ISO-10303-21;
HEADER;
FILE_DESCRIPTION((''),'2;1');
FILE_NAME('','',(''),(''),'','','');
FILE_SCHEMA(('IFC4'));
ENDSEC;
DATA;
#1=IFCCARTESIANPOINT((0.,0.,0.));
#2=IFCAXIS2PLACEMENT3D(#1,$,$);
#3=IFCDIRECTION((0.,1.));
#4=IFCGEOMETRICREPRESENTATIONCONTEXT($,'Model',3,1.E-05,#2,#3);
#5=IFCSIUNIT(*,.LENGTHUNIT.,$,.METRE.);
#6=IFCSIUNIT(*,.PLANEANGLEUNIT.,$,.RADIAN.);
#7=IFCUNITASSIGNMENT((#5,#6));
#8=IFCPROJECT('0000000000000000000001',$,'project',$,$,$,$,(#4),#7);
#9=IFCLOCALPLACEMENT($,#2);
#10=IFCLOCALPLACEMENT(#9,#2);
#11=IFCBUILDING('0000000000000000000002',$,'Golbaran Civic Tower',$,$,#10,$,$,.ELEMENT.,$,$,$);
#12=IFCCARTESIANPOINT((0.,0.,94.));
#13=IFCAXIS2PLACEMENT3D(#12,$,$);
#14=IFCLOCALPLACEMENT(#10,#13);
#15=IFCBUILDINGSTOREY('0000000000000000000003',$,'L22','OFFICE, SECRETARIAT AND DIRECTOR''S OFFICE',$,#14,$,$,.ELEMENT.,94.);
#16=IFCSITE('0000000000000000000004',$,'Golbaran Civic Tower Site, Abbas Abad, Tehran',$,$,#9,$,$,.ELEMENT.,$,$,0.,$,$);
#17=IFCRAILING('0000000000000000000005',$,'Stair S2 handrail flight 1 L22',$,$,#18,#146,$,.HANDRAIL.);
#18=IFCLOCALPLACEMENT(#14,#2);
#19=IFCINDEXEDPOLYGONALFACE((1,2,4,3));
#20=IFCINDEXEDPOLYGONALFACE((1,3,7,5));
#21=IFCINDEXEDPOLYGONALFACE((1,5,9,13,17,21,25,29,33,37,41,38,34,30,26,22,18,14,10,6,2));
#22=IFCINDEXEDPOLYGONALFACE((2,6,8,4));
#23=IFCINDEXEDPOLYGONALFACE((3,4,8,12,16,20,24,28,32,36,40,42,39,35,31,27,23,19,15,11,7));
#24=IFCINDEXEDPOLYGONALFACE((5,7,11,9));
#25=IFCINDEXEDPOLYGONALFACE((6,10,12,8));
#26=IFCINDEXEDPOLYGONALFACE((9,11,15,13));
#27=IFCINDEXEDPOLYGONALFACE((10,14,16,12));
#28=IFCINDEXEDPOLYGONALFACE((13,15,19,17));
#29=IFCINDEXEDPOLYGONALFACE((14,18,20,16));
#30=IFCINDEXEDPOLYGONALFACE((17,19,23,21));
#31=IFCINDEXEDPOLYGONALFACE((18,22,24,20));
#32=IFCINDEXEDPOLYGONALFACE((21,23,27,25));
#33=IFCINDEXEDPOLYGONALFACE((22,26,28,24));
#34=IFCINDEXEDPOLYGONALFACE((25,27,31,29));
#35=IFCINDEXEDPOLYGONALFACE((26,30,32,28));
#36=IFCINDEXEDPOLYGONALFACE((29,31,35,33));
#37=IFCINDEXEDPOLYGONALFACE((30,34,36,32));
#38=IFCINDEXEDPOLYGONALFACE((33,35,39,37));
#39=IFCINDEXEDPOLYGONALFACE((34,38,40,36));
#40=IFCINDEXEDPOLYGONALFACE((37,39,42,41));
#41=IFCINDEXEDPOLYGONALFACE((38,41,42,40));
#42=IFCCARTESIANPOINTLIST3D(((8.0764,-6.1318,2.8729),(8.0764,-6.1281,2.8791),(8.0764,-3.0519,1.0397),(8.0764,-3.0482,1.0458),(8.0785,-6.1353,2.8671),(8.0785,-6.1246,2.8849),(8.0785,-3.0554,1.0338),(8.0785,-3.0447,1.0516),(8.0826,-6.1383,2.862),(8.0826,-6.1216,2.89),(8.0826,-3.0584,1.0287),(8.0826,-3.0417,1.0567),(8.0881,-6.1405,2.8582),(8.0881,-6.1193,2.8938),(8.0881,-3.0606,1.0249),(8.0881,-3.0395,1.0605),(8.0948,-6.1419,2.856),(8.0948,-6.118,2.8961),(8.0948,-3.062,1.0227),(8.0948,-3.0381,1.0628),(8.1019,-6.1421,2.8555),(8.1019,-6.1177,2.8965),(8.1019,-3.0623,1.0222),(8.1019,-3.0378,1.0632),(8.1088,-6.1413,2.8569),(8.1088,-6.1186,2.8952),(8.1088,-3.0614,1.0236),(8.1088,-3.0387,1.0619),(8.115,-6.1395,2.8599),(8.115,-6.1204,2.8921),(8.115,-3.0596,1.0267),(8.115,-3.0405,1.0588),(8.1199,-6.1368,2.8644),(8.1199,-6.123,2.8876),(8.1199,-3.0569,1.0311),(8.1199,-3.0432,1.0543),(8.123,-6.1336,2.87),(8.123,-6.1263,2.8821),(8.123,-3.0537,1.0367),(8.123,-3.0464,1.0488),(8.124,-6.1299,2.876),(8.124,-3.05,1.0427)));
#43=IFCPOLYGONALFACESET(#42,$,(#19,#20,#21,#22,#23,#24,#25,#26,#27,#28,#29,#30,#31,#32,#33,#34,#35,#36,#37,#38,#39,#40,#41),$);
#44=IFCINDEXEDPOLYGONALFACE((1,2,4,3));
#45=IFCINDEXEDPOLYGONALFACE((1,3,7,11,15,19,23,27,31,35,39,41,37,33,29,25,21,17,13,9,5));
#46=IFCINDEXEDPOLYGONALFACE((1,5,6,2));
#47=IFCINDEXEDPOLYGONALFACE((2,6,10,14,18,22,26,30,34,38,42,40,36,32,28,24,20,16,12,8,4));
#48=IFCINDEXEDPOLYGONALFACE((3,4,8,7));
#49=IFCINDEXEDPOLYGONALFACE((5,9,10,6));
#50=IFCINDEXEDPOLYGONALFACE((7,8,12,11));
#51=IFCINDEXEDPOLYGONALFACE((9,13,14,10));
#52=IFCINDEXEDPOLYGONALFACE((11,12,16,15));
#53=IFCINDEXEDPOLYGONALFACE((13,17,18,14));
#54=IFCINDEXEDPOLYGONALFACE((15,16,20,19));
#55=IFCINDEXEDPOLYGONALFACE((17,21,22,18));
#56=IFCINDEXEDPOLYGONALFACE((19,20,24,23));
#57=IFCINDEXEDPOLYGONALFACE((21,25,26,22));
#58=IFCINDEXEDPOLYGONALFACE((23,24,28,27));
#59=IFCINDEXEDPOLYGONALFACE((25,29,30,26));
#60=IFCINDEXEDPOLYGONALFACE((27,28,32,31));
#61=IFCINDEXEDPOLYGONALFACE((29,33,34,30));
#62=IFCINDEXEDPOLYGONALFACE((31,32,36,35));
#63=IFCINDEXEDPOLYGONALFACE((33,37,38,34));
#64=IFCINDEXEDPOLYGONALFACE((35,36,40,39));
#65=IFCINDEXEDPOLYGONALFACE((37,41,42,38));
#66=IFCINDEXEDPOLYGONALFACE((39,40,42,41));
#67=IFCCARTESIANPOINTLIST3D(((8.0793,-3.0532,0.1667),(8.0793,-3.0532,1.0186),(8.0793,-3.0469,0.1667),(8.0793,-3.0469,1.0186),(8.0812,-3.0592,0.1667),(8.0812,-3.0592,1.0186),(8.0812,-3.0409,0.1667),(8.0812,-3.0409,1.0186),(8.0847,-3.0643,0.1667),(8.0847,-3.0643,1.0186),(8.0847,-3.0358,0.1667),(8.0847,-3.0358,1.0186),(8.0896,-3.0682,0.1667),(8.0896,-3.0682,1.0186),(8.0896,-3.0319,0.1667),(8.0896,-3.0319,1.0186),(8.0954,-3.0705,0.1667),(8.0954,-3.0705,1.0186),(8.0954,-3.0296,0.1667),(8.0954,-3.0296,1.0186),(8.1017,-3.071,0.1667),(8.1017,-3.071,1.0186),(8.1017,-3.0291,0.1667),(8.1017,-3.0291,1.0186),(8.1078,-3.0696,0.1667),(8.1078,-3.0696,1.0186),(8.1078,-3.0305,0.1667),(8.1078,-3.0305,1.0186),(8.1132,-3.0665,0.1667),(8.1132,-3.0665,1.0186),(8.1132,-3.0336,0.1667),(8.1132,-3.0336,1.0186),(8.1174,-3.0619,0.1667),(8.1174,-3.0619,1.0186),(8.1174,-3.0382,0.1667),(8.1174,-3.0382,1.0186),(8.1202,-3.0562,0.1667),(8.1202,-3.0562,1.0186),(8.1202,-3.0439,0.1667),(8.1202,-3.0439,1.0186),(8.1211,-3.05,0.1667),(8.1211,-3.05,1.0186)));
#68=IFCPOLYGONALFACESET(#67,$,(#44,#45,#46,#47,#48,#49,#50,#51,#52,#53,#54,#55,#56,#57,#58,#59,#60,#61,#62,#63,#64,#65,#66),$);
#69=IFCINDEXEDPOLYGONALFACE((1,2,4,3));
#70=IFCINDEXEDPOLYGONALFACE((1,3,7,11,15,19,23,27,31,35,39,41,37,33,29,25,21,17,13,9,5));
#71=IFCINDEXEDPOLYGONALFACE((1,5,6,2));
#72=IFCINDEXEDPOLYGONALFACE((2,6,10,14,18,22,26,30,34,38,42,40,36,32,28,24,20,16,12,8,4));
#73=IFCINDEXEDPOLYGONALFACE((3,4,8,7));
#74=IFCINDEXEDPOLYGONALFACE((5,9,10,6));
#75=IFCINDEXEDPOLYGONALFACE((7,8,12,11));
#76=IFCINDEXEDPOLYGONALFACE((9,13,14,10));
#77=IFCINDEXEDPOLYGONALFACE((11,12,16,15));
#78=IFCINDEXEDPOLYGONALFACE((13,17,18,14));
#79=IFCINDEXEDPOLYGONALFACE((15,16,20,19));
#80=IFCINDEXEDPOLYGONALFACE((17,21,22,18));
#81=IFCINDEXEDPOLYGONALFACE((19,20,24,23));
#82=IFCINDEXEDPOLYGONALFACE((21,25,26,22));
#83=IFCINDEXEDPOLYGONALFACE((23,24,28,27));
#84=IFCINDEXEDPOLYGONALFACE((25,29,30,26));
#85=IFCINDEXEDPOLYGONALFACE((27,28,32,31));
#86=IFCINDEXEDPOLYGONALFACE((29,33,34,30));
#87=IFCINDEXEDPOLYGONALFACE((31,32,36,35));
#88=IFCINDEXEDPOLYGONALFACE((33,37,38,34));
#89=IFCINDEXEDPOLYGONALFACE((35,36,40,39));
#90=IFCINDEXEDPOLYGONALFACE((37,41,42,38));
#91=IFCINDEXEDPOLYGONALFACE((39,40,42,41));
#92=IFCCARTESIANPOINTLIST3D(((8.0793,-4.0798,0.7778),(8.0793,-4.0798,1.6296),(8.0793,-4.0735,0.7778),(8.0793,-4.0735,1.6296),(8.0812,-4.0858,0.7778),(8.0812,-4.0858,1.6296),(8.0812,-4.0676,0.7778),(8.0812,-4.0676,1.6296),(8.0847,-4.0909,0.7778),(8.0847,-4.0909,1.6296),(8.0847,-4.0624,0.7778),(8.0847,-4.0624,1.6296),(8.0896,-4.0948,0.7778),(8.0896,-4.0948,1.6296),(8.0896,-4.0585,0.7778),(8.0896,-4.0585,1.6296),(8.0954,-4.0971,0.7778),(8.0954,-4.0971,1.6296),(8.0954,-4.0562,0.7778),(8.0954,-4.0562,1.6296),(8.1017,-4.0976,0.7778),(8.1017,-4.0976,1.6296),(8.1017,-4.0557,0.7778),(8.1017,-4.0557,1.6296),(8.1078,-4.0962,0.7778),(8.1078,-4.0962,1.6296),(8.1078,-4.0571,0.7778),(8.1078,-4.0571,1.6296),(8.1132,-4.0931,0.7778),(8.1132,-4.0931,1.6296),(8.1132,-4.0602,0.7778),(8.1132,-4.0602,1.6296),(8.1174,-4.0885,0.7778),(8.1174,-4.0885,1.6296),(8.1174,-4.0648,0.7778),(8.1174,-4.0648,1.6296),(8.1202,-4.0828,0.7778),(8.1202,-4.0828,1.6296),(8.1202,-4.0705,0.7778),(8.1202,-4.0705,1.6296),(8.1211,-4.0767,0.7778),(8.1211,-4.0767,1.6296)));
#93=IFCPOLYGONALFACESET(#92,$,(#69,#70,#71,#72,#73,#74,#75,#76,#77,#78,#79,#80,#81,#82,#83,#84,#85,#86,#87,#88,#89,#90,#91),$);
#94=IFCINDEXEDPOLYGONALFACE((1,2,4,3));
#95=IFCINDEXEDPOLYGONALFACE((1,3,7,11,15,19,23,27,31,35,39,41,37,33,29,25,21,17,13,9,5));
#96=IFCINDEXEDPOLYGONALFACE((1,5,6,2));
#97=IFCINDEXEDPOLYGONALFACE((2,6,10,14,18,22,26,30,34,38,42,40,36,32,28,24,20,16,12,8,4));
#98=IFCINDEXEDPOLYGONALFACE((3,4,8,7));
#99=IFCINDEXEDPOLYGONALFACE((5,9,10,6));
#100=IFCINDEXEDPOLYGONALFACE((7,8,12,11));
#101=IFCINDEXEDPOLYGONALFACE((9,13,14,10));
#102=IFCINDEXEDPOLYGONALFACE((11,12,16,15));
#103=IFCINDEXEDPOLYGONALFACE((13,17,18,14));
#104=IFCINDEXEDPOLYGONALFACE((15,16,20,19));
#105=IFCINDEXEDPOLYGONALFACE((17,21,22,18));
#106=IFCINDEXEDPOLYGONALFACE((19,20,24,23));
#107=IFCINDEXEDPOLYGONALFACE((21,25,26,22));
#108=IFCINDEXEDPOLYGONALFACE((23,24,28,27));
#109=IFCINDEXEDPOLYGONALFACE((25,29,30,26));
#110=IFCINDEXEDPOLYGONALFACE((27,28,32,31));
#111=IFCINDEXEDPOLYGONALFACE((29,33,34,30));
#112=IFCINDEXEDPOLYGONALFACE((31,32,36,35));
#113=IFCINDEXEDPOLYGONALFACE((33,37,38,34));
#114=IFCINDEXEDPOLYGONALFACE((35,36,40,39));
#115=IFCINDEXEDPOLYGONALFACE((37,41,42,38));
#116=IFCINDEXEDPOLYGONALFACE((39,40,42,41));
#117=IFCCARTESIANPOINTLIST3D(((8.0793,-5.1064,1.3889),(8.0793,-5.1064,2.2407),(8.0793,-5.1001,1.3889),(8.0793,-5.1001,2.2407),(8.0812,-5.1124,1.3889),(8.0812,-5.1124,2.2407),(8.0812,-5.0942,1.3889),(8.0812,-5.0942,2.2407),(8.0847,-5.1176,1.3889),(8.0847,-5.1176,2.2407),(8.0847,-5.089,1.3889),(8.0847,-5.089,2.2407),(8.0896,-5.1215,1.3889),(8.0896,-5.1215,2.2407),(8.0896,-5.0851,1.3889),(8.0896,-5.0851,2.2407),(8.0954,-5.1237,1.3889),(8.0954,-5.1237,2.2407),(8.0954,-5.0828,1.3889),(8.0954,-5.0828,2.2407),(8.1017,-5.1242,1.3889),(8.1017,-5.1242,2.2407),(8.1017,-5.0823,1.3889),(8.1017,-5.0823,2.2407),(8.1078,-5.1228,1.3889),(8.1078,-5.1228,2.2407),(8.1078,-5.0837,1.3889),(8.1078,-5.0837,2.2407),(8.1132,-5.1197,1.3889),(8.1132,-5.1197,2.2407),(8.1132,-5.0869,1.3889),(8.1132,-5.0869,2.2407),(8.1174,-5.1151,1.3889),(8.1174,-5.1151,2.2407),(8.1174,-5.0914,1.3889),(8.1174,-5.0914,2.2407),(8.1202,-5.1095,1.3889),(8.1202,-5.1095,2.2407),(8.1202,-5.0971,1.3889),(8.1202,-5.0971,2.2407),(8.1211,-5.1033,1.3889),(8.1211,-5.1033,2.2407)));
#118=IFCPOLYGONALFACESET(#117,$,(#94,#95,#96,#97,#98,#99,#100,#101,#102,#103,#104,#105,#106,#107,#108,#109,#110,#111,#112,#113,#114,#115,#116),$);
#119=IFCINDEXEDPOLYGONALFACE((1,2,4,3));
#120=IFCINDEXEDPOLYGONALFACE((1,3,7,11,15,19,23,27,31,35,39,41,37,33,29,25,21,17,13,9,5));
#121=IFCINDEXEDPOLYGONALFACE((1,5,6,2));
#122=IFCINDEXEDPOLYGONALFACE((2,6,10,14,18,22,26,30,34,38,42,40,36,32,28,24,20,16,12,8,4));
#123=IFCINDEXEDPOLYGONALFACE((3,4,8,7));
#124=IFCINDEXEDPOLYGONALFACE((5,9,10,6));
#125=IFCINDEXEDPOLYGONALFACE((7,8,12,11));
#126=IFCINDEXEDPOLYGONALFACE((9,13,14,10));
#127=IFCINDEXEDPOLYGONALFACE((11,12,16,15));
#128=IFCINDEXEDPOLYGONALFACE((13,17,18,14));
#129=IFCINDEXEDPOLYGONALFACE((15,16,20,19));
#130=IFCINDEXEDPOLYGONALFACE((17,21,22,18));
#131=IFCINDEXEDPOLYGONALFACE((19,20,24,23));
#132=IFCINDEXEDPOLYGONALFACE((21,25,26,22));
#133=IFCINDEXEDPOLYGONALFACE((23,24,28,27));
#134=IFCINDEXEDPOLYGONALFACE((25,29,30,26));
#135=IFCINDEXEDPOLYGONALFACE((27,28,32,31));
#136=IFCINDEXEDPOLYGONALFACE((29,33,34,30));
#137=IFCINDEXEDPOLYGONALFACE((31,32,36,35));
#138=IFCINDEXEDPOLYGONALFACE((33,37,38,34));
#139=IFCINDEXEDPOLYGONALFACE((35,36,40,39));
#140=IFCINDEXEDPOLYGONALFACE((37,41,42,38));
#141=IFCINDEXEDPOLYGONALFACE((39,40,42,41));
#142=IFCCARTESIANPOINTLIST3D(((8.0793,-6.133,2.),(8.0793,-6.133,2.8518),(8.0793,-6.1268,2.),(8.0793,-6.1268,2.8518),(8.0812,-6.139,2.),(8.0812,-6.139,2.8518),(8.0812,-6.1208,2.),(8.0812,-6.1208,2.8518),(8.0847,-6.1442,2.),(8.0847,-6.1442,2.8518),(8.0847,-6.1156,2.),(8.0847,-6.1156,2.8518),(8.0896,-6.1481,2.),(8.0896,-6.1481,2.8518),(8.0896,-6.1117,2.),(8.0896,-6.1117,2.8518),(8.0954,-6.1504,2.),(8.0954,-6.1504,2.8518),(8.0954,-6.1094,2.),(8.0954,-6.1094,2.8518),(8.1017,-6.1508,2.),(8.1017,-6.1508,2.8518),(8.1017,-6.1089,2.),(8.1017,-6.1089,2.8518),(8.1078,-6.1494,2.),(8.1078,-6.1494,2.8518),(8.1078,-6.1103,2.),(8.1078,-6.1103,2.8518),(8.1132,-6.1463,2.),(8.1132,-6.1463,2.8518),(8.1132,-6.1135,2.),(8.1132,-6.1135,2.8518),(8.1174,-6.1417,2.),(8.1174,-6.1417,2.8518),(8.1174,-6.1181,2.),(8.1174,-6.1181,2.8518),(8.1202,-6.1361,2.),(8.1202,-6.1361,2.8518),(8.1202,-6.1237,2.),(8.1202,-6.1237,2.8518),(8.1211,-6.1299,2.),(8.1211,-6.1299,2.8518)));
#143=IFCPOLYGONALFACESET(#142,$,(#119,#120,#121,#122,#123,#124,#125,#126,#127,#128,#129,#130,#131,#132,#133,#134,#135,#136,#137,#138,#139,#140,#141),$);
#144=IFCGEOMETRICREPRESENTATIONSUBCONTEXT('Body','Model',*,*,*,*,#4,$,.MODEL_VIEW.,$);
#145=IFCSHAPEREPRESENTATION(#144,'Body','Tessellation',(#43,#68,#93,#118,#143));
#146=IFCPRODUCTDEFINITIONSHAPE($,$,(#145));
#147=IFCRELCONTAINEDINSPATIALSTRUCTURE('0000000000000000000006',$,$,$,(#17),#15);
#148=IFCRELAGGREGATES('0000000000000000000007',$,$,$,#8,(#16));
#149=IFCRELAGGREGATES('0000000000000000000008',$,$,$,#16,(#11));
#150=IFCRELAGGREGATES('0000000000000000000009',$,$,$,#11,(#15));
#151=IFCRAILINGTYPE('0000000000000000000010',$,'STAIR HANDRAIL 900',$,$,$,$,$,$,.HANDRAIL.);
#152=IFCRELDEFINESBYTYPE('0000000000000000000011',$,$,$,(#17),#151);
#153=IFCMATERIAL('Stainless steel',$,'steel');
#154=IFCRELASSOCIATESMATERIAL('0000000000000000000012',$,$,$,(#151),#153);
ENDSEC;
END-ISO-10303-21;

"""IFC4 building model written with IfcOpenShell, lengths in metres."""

from ifc_helpers import new_model, si_unit, direction, frame, origin, origin_2d, place, context, subcontext, project, spatial, circle, extrude, material, type_object, element, save


model = new_model("IFC4")

# Units and contexts
model_context = context("Model", 3, precision=1e-05, world=origin(), true_north=direction((0.0, 1.0)))
body_context = subcontext(model_context, "Body", "Model", "MODEL_VIEW")
ifc_project = project(units=[si_unit("LENGTHUNIT", "METRE"), si_unit("PLANEANGLEUNIT", "RADIAN")], contexts=[model_context])

# Site, building, storey
site_placement = place(None, origin())
site = spatial("IfcSite", under=ifc_project, at=site_placement, Name="Golbaran Civic Tower Site, Abbas Abad, Tehran", CompositionType="ELEMENT", RefElevation=0.0)
building_placement = place(site_placement, origin())
building = spatial("IfcBuilding", under=site, at=building_placement, Name="Golbaran Civic Tower", CompositionType="ELEMENT")
storey_placement = place(building_placement, frame((0.0, 0.0, 94.0)))
storey = spatial("IfcBuildingStorey", under=building, at=storey_placement, Name="L22", Description="OFFICE, SECRETARIAT AND DIRECTOR'S OFFICE", CompositionType="ELEMENT", Elevation=94.0)

# Shared definitions
ifc_material_1 = material(Name="Stainless steel", Category="steel")

# Railing
railing_type = type_object("IfcRailingType", Name="STAIR HANDRAIL 900", PredefinedType="HANDRAIL", material=ifc_material_1)
railing_1_placement = place(storey_placement, frame((8.1001, -3.05, 0.1667)))
element("IfcRailing", 1, at=railing_1_placement, inside=storey, type_object=railing_type, Name="Stair S2 handrail flight 1 L22", PredefinedType="HANDRAIL", context=body_context, shape_type="SweptSolid", body=[
    extrude(circle(Radius=0.0239, at=origin_2d()), frame((0.0, 0.0, 0.876), z_axis=(0.0, -0.859291, 0.511487), x_axis=(1.0, 0.0, 0.0)), (0.0, 0.0, 1.0), 3.5842),
    extrude(circle(Radius=0.021, at=origin_2d()), origin(), (0.0, 0.0, 1.0), 0.8518),
    extrude(circle(Radius=0.021, at=origin_2d()), frame((0.0, -1.0266, 0.6111)), (0.0, 0.0, 1.0), 0.8518),
    extrude(circle(Radius=0.021, at=origin_2d()), frame((0.0, -2.0532, 1.2222)), (0.0, 0.0, 1.0), 0.8518),
    extrude(circle(Radius=0.021, at=origin_2d()), frame((0.0, -3.0798, 1.8333)), (0.0, 0.0, 1.0), 0.8518),
])

save(model, "model.ifc")
